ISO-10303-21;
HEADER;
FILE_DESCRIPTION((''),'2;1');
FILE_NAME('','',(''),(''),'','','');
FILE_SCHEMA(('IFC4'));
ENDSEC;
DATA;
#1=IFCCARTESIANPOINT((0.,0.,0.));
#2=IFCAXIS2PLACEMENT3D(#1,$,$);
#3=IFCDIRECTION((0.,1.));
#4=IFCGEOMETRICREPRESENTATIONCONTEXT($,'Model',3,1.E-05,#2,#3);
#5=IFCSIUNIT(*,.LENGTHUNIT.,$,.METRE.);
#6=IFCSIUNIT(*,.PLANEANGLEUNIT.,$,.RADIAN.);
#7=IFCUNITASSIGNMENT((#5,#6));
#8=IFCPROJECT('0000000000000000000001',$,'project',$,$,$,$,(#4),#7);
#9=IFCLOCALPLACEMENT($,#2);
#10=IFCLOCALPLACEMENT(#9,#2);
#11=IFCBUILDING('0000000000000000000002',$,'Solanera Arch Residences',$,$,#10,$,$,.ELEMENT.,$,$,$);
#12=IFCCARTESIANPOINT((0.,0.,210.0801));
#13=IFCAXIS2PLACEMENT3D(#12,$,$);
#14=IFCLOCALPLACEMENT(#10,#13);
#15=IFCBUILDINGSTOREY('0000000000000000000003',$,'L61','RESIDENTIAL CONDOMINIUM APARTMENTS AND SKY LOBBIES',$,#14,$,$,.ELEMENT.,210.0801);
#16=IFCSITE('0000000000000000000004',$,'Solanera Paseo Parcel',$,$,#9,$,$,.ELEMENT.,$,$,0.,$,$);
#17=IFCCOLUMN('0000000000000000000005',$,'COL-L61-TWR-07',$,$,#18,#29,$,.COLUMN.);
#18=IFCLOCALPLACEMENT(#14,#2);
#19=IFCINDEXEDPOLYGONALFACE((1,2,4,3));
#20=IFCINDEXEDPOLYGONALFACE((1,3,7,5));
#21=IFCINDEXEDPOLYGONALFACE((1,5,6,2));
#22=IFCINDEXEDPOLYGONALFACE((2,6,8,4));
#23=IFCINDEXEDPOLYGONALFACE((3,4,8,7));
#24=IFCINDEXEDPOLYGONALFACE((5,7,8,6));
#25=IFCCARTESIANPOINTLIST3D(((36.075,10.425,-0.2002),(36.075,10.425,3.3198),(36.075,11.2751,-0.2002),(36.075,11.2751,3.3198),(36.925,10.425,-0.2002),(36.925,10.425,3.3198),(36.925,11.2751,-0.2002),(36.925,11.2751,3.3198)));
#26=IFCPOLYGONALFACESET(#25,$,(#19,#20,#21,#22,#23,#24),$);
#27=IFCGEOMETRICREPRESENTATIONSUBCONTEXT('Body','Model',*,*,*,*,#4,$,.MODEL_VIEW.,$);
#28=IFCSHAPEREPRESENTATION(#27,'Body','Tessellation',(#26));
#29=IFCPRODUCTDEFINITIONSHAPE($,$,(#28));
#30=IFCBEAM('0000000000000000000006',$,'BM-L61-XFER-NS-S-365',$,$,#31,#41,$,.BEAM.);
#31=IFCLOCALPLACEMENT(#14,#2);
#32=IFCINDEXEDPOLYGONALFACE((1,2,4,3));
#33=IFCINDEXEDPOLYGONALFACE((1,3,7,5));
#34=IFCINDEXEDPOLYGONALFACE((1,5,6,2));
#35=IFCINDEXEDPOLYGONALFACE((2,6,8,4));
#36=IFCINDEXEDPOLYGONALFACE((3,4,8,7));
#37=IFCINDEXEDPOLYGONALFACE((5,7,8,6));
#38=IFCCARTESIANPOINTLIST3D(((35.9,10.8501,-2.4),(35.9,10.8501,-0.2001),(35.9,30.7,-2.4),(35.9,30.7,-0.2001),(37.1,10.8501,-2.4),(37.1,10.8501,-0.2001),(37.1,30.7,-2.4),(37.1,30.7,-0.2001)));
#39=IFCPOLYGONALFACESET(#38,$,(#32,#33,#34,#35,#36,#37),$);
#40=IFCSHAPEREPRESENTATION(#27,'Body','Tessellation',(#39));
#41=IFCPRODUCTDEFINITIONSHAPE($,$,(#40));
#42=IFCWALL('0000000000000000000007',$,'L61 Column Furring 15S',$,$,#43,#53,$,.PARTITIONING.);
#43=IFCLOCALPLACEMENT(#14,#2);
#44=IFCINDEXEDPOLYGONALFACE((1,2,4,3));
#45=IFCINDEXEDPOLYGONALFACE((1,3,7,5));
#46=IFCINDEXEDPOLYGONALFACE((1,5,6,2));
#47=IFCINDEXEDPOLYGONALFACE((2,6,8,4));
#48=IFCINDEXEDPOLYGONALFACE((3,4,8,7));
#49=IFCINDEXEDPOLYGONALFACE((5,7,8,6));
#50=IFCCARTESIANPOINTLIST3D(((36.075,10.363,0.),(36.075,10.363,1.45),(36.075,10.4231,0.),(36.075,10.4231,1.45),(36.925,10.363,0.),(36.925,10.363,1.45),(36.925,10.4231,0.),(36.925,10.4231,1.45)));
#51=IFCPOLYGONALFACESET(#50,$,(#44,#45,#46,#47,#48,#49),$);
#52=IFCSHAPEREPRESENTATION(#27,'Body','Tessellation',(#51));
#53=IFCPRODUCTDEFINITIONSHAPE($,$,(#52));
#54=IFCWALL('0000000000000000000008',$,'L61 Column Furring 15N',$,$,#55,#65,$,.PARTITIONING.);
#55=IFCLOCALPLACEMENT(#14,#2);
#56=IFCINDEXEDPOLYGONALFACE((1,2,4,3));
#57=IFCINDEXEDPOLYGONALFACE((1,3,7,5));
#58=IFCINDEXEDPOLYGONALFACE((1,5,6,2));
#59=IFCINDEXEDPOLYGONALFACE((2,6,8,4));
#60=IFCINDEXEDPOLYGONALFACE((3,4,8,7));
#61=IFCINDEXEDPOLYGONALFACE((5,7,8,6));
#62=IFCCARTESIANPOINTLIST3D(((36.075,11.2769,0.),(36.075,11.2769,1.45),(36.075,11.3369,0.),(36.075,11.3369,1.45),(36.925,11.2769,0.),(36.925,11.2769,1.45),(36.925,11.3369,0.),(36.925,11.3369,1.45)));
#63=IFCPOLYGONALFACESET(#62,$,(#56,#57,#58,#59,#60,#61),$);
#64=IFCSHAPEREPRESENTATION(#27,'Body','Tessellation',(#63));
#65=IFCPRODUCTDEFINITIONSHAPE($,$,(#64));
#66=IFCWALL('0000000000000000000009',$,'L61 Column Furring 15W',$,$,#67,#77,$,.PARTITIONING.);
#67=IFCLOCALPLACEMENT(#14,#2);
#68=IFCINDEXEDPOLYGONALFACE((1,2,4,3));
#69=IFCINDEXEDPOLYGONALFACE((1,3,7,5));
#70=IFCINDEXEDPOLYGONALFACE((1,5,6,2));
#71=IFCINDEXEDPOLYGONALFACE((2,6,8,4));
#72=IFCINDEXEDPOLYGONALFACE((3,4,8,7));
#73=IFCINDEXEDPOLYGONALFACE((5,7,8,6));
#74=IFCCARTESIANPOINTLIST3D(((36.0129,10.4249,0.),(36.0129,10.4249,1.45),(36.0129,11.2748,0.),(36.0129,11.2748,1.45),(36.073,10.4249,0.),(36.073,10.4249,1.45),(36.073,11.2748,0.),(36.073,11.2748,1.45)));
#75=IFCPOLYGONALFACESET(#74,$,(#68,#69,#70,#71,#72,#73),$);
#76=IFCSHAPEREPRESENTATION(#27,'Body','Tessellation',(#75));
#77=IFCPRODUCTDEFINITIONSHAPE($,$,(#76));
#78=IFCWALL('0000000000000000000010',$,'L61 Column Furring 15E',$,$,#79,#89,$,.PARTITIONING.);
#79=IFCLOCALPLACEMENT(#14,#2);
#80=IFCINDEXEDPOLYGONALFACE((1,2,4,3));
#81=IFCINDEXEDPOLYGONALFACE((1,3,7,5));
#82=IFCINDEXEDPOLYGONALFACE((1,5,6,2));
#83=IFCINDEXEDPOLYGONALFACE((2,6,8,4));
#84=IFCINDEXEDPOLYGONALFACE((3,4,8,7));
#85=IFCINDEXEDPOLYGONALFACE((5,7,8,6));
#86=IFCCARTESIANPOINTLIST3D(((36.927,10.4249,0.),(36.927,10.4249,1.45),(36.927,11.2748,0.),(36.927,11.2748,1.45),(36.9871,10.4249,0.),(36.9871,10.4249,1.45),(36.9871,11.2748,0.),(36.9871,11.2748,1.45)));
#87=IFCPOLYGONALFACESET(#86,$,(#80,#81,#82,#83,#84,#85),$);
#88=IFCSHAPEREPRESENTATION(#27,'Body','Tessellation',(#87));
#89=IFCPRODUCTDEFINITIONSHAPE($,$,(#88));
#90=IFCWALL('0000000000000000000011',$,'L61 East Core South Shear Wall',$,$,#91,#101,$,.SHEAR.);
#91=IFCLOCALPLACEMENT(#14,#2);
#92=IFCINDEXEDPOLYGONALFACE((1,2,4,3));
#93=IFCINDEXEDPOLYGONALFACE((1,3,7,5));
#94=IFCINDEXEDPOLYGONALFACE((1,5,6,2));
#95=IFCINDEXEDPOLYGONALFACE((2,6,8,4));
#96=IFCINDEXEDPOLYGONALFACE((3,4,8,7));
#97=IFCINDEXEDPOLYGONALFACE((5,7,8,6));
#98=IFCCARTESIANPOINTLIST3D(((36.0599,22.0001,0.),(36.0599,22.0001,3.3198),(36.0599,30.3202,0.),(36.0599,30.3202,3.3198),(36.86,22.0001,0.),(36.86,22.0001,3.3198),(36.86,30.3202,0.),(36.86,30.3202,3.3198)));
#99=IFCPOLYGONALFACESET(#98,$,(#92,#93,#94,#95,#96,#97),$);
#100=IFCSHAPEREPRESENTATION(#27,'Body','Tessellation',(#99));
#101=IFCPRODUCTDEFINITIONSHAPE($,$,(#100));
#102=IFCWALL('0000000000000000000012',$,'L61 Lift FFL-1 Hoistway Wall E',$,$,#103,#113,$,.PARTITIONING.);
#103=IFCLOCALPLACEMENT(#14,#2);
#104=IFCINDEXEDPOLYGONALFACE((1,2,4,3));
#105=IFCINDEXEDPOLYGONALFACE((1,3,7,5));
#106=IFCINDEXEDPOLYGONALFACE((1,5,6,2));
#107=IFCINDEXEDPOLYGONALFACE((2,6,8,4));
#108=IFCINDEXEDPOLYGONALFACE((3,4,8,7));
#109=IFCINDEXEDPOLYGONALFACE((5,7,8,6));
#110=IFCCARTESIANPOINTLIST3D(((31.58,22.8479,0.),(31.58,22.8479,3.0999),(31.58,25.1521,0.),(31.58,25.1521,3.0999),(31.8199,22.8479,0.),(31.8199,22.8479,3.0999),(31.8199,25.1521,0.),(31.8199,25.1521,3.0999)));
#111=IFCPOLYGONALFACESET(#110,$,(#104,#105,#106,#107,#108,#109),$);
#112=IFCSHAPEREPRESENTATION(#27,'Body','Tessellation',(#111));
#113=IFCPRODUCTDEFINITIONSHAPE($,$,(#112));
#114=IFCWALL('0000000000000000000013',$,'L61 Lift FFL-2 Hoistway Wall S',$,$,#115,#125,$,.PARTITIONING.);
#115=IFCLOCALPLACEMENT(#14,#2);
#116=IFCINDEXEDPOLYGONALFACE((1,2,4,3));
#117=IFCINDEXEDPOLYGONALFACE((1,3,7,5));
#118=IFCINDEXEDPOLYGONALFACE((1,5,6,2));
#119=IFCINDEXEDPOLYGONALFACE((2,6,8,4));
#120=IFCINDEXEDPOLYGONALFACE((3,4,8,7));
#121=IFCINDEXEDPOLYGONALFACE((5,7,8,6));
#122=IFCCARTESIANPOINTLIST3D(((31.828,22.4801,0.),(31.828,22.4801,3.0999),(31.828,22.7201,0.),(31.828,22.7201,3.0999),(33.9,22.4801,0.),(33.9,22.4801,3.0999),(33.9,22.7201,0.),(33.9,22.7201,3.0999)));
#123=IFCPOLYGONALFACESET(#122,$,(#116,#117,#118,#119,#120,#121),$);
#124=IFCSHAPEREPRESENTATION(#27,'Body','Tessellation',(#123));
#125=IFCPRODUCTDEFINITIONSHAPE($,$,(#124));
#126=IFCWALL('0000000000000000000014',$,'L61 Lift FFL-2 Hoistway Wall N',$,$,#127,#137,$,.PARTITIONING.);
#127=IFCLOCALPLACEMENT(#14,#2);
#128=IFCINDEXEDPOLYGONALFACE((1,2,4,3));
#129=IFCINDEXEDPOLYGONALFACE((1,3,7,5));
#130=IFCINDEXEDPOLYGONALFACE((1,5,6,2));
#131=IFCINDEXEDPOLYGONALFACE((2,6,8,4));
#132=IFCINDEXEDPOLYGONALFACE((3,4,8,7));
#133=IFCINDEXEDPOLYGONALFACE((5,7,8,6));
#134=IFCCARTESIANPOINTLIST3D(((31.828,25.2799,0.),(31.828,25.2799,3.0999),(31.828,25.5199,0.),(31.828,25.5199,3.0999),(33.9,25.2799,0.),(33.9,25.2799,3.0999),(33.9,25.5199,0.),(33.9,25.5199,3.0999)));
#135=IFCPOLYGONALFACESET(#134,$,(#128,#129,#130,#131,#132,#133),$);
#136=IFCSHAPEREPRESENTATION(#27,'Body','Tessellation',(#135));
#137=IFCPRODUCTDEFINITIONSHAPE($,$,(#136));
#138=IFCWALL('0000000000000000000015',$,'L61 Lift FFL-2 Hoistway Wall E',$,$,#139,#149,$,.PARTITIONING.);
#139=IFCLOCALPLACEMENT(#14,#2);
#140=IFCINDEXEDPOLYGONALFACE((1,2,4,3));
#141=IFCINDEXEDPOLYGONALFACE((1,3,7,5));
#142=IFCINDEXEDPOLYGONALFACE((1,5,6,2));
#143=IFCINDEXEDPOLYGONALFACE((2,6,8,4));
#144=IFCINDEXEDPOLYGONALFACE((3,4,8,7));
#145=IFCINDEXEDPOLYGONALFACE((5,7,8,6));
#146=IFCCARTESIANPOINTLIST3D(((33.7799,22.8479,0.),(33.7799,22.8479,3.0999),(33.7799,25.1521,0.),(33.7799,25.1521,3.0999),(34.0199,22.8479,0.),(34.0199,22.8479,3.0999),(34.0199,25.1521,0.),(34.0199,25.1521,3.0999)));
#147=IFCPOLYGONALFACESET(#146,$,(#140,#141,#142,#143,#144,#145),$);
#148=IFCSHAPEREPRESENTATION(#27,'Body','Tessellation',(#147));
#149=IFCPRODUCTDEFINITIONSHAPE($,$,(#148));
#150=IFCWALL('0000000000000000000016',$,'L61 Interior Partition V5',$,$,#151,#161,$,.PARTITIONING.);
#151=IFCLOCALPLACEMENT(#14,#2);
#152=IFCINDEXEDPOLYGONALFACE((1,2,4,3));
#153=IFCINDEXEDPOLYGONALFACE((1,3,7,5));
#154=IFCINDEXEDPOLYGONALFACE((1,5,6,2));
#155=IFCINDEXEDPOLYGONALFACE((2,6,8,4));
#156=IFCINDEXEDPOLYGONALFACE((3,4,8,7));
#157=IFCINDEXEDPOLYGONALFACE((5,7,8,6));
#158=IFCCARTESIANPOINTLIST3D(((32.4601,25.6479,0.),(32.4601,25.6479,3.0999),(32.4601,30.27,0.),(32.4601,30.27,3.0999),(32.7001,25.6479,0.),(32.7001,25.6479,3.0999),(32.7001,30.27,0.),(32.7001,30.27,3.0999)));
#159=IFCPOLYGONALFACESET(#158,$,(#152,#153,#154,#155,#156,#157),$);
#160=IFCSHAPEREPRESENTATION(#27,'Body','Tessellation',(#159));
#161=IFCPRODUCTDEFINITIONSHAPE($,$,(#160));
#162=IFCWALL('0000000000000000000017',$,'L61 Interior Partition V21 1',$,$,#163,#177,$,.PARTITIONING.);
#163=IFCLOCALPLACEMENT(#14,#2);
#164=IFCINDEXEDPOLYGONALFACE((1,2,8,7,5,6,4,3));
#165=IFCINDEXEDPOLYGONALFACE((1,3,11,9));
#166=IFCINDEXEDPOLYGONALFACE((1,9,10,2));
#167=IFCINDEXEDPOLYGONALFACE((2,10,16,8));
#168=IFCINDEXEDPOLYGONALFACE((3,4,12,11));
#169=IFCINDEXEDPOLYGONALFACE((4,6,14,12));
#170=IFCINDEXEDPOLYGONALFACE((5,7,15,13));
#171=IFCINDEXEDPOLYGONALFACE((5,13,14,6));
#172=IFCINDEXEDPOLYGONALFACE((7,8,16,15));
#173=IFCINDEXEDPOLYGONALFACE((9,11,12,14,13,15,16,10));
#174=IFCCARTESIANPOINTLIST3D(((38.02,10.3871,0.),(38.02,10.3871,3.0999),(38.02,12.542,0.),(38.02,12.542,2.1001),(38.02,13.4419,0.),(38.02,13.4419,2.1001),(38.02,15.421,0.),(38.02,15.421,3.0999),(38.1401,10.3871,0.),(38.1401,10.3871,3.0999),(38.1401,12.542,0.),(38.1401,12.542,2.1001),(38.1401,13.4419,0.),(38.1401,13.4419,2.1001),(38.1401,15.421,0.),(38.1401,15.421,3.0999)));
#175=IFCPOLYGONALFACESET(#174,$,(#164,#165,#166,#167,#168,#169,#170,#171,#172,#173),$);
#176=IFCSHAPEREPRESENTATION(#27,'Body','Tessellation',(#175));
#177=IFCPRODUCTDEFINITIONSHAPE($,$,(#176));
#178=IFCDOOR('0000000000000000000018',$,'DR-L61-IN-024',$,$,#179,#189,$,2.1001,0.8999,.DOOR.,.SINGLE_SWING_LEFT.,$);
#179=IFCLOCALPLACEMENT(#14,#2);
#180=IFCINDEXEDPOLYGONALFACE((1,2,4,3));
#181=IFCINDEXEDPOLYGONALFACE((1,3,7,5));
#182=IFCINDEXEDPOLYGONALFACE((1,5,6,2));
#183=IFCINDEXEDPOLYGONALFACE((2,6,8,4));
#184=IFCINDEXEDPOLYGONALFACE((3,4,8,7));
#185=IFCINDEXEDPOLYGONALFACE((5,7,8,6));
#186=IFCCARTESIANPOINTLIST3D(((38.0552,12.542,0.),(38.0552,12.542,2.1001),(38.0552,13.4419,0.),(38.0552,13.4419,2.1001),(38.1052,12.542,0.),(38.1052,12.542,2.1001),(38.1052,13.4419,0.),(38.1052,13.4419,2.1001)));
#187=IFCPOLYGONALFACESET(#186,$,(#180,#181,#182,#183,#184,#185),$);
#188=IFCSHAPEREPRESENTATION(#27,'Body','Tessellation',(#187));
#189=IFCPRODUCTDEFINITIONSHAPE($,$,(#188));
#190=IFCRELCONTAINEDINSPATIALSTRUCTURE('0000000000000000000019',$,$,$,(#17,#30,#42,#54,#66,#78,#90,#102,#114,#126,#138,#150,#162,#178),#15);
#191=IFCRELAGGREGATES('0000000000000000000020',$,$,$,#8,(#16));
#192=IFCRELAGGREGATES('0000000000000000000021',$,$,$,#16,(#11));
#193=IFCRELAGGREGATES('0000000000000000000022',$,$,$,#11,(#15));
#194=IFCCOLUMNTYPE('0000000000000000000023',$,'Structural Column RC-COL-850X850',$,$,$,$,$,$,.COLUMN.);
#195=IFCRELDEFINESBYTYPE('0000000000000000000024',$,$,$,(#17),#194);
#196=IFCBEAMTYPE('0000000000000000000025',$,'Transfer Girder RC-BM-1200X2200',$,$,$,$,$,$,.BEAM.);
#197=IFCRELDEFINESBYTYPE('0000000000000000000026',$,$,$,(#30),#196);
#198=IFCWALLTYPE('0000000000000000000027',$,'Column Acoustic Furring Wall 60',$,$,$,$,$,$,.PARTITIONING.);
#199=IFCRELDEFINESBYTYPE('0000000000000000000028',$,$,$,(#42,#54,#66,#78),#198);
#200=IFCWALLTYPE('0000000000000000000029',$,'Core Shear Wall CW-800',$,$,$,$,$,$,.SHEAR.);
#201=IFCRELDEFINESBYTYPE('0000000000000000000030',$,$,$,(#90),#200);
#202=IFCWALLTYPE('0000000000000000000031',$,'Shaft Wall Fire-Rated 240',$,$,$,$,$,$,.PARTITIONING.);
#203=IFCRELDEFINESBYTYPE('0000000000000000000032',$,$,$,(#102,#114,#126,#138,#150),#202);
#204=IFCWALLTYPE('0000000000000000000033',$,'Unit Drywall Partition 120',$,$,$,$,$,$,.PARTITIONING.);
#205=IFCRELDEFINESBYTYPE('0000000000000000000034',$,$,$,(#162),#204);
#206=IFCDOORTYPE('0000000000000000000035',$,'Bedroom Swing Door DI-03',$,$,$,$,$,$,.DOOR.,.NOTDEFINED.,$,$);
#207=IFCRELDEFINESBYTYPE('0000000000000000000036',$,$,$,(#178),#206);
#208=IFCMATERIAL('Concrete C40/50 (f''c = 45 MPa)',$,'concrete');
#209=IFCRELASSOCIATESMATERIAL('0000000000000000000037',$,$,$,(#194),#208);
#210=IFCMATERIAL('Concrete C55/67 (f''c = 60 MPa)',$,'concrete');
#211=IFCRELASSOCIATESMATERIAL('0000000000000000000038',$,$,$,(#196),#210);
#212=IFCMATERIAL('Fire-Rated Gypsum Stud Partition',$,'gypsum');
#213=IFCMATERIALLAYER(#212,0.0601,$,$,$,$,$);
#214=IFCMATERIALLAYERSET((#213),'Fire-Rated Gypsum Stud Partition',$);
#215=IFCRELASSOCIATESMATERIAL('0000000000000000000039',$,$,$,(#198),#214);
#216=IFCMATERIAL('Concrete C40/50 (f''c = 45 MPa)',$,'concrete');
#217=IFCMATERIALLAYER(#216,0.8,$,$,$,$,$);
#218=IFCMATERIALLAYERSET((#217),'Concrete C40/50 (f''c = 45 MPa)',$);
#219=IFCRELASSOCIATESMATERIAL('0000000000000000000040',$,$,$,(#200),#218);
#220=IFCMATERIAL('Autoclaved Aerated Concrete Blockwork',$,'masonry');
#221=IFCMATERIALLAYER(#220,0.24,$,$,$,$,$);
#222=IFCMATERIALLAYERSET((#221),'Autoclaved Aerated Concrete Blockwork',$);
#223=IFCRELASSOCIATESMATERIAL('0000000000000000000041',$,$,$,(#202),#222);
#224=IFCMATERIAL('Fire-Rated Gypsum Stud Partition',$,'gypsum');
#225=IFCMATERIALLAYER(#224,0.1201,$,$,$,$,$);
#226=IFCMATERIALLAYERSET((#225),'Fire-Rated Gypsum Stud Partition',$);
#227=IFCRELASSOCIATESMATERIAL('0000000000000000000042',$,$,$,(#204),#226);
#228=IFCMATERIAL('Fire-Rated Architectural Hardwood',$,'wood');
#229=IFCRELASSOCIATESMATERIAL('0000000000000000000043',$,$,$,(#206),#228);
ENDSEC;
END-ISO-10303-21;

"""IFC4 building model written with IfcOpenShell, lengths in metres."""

from ifc_helpers import new_model, si_unit, direction, frame, frame_2d, origin, origin_2d, place, context, subcontext, project, spatial, rectangle, extrude, material, layer, layer_set, material_profile, profile_set, type_object, element, fill, save


model = new_model("IFC4")

# Units and contexts
model_context = context("Model", 3, precision=1e-05, world=origin(), true_north=direction((0.0, 1.0)))
body_context = subcontext(model_context, "Body", "Model", "MODEL_VIEW")
ifc_project = project(units=[si_unit("LENGTHUNIT", "METRE"), si_unit("PLANEANGLEUNIT", "RADIAN")], contexts=[model_context])

# Site, building, storey
site_placement = place(None, origin())
site = spatial("IfcSite", under=ifc_project, at=site_placement, Name="Solanera Paseo Parcel", CompositionType="ELEMENT", RefElevation=0.0)
building_placement = place(site_placement, origin())
building = spatial("IfcBuilding", under=site, at=building_placement, Name="Solanera Arch Residences", CompositionType="ELEMENT")
storey_placement = place(building_placement, frame((0.0, 0.0, 210.0801)))
storey = spatial("IfcBuildingStorey", under=building, at=storey_placement, Name="L61", Description="RESIDENTIAL CONDOMINIUM APARTMENTS AND SKY LOBBIES", CompositionType="ELEMENT", Elevation=210.0801)

# Column
ifc_material_1 = material(Name="Concrete C40/50 (f'c = 45 MPa)", Category="concrete")
ifc_material_profile_1 = material_profile(ifc_material_1, rectangle(XDim=0.8501, YDim=0.8501, at=origin_2d()))
ifc_profile_set_1 = profile_set([ifc_material_profile_1], Name="Concrete C40/50 (f'c = 45 MPa)")
column_type = type_object("IfcColumnType", Name="Structural Column RC-COL-850X850", PredefinedType="COLUMN", material=ifc_profile_set_1)
column_placement = place(storey_placement, frame((36.5, 10.8501, -0.2002), z_axis=(0.0, 0.0, 1.0), x_axis=(1.0, 0.0, 0.0)))
element("IfcColumn", 1, at=column_placement, inside=storey, type_object=column_type, Name="COL-L61-TWR-07", PredefinedType="COLUMN", context=body_context, shape_type="SweptSolid", body=[
    extrude(rectangle(XDim=0.8501, YDim=0.8501, at=origin_2d()), origin(), (0.0, 0.0, 1.0), 3.52),
])

# Beam
ifc_material_2 = material(Name="Concrete C55/67 (f'c = 60 MPa)", Category="concrete")
ifc_material_profile_2 = material_profile(ifc_material_2, rectangle(XDim=1.2, YDim=2.2, at=origin_2d()))
ifc_profile_set_2 = profile_set([ifc_material_profile_2], Name="Concrete C55/67 (f'c = 60 MPa)")
beam_type = type_object("IfcBeamType", Name="Transfer Girder RC-BM-1200X2200", PredefinedType="BEAM", material=ifc_profile_set_2)
beam_placement = place(storey_placement, frame((36.5, 10.8501, -1.3), z_axis=(0.0, 1.0, 0.0), x_axis=(-1.0, 0.0, 0.0)))
element("IfcBeam", 2, at=beam_placement, inside=storey, type_object=beam_type, Name="BM-L61-XFER-NS-S-365", PredefinedType="BEAM", context=body_context, shape_type="SweptSolid", body=[
    extrude(rectangle(XDim=1.2, YDim=2.2, at=origin_2d()), origin(), (0.0, 0.0, 1.0), 19.8499),
])

# Walls
ifc_material_3 = material(Name="Fire-Rated Gypsum Stud Partition", Category="gypsum")
ifc_layer_1 = layer(ifc_material_3, 0.0601)
ifc_layer_set_1 = layer_set([ifc_layer_1], Name="Fire-Rated Gypsum Stud Partition")
wall_type_1 = type_object("IfcWallType", Name="Column Acoustic Furring Wall 60", PredefinedType="PARTITIONING", material=ifc_layer_set_1)
for number, where, z_axis, x_axis, name in (
    (3, (36.075, 10.3931, 0.0), (0.0, 0.0, 1.0), (1.0, 0.0, 0.0), "L61 Column Furring 15S"),
    (4, (36.075, 11.3069, 0.0), (0.0, 0.0, 1.0), (1.0, 0.0, 0.0), "L61 Column Furring 15N"),
):
    element("IfcWall", number, at=place(storey_placement, frame(where, z_axis=z_axis, x_axis=x_axis)), inside=storey, type_object=wall_type_1, Name=name, PredefinedType="PARTITIONING", context=body_context, shape_type="SweptSolid", body=[
        extrude(rectangle(XDim=0.8501, YDim=0.0601, at=frame_2d((0.425, 0.0))), origin(), (0.0, 0.0, 1.0), 1.45),
    ])
for number, where, z_axis, x_axis, name in (
    (5, (36.043, 10.425, 0.0), (0.0, 0.0, 1.0), (0.0, 1.0, 0.0), "L61 Column Furring 15W"),
    (6, (36.957, 10.425, 0.0), (0.0, 0.0, 1.0), (0.0, 1.0, 0.0), "L61 Column Furring 15E"),
):
    element("IfcWall", number, at=place(storey_placement, frame(where, z_axis=z_axis, x_axis=x_axis)), inside=storey, type_object=wall_type_1, Name=name, PredefinedType="PARTITIONING", context=body_context, shape_type="SweptSolid", body=[
        extrude(rectangle(XDim=0.8499, YDim=0.0601, at=frame_2d((0.4248, 0.0))), origin(), (0.0, 0.0, 1.0), 1.45),
    ])
ifc_material_4 = material(Name="Concrete C40/50 (f'c = 45 MPa)", Category="concrete")
ifc_layer_2 = layer(ifc_material_4, 0.8)
ifc_layer_set_2 = layer_set([ifc_layer_2], Name="Concrete C40/50 (f'c = 45 MPa)")
wall_type_2 = type_object("IfcWallType", Name="Core Shear Wall CW-800", PredefinedType="SHEAR", material=ifc_layer_set_2)
wall_1_placement = place(storey_placement, frame((36.46, 22.0, 0.0), z_axis=(0.0, 0.0, 1.0), x_axis=(0.0, 1.0, 0.0)))
element("IfcWall", 7, at=wall_1_placement, inside=storey, type_object=wall_type_2, Name="L61 East Core South Shear Wall", PredefinedType="SHEAR", context=body_context, shape_type="SweptSolid", body=[
    extrude(rectangle(XDim=8.3201, YDim=0.8, at=frame_2d((4.1602, 0.0))), origin(), (0.0, 0.0, 1.0), 3.3198),
])
ifc_material_5 = material(Name="Autoclaved Aerated Concrete Blockwork", Category="masonry")
ifc_layer_3 = layer(ifc_material_5, 0.24)
ifc_layer_set_3 = layer_set([ifc_layer_3], Name="Autoclaved Aerated Concrete Blockwork")
wall_type_3 = type_object("IfcWallType", Name="Shaft Wall Fire-Rated 240", PredefinedType="PARTITIONING", material=ifc_layer_set_3)
wall_2_placement = place(storey_placement, frame((31.7, 22.8479, 0.0), z_axis=(0.0, 0.0, 1.0), x_axis=(0.0, 1.0, 0.0)))
element("IfcWall", 8, at=wall_2_placement, inside=storey, type_object=wall_type_3, Name="L61 Lift FFL-1 Hoistway Wall E", PredefinedType="PARTITIONING", context=body_context, shape_type="SweptSolid", body=[
    extrude(rectangle(XDim=2.3042, YDim=0.24, at=frame_2d((1.1521, 0.0))), origin(), (0.0, 0.0, 1.0), 3.0999),
])
for number, where, z_axis, x_axis, name in (
    (9, (31.8279, 22.6001, 0.0), (0.0, 0.0, 1.0), (1.0, 0.0, 0.0), "L61 Lift FFL-2 Hoistway Wall S"),
    (10, (31.8279, 25.3999, 0.0), (0.0, 0.0, 1.0), (1.0, 0.0, 0.0), "L61 Lift FFL-2 Hoistway Wall N"),
):
    element("IfcWall", number, at=place(storey_placement, frame(where, z_axis=z_axis, x_axis=x_axis)), inside=storey, type_object=wall_type_3, Name=name, PredefinedType="PARTITIONING", context=body_context, shape_type="SweptSolid", body=[
        extrude(rectangle(XDim=2.072, YDim=0.24, at=frame_2d((1.0361, 0.0))), origin(), (0.0, 0.0, 1.0), 3.0999),
    ])
wall_3_placement = place(storey_placement, frame((33.8999, 22.8479, 0.0), z_axis=(0.0, 0.0, 1.0), x_axis=(0.0, 1.0, 0.0)))
element("IfcWall", 11, at=wall_3_placement, inside=storey, type_object=wall_type_3, Name="L61 Lift FFL-2 Hoistway Wall E", PredefinedType="PARTITIONING", context=body_context, shape_type="SweptSolid", body=[
    extrude(rectangle(XDim=2.3042, YDim=0.24, at=frame_2d((1.1521, 0.0))), origin(), (0.0, 0.0, 1.0), 3.0999),
])
wall_4_placement = place(storey_placement, frame((32.5801, 25.6479, 0.0), z_axis=(0.0, 0.0, 1.0), x_axis=(0.0, 1.0, 0.0)))
element("IfcWall", 12, at=wall_4_placement, inside=storey, type_object=wall_type_3, Name="L61 Interior Partition V5", PredefinedType="PARTITIONING", context=body_context, shape_type="SweptSolid", body=[
    extrude(rectangle(XDim=4.6221, YDim=0.24, at=frame_2d((2.311, 0.0))), origin(), (0.0, 0.0, 1.0), 3.0999),
])

# Wall, opening, door
ifc_material_6 = material(Name="Fire-Rated Gypsum Stud Partition", Category="gypsum")
ifc_layer_4 = layer(ifc_material_6, 0.1201)
ifc_layer_set_4 = layer_set([ifc_layer_4], Name="Fire-Rated Gypsum Stud Partition")
wall_type_4 = type_object("IfcWallType", Name="Unit Drywall Partition 120", PredefinedType="PARTITIONING", material=ifc_layer_set_4)
wall_5_placement = place(storey_placement, frame((38.0801, 10.387, 0.0), z_axis=(0.0, 0.0, 1.0), x_axis=(0.0, 1.0, 0.0)))
wall_5 = element("IfcWall", 13, at=wall_5_placement, inside=storey, type_object=wall_type_4, Name="L61 Interior Partition V21 1", PredefinedType="PARTITIONING", context=body_context, shape_type="SweptSolid", body=[
    extrude(rectangle(XDim=5.0339, YDim=0.1201, at=frame_2d((2.5171, 0.0))), origin(), (0.0, 0.0, 1.0), 3.0999),
])
opening_1_placement = place(wall_5_placement, frame((2.155, 0.0, 0.0)))
opening_1 = element("IfcOpeningElement", 14, at=opening_1_placement, cuts=wall_5, PredefinedType="OPENING", context=body_context, shape_type="SweptSolid", body=[
    extrude(rectangle(XDim=0.8999, YDim=2.1001, at=frame_2d((0.45, 1.05))), frame((0.0, 0.0701, 0.0), z_axis=(0.0, -1.0, 0.0), x_axis=(1.0, 0.0, 0.0)), (0.0, 0.0, 1.0), 0.1401),
])
ifc_material_7 = material(Name="Fire-Rated Architectural Hardwood", Category="wood")
door_type_1 = type_object("IfcDoorType", Name="Bedroom Swing Door DI-03", OperationType="NOTDEFINED", PredefinedType="DOOR", material=ifc_material_7)
door_1_placement = place(opening_1_placement, origin())
door_1 = element("IfcDoor", 15, at=door_1_placement, inside=storey, type_object=door_type_1, Name="DR-L61-IN-024", OperationType="SINGLE_SWING_LEFT", OverallHeight=2.1001, OverallWidth=0.8999, PredefinedType="DOOR", context=body_context, shape_type="SweptSolid", body=[
    extrude(rectangle(XDim=0.8999, YDim=2.1001, at=frame_2d((0.45, 1.05))), frame((0.0, 0.0249, 0.0), z_axis=(0.0, -1.0, 0.0), x_axis=(1.0, 0.0, 0.0)), (0.0, 0.0, 1.0), 0.05),
])
fill(opening_1, door_1)

save(model, "model.ifc")
